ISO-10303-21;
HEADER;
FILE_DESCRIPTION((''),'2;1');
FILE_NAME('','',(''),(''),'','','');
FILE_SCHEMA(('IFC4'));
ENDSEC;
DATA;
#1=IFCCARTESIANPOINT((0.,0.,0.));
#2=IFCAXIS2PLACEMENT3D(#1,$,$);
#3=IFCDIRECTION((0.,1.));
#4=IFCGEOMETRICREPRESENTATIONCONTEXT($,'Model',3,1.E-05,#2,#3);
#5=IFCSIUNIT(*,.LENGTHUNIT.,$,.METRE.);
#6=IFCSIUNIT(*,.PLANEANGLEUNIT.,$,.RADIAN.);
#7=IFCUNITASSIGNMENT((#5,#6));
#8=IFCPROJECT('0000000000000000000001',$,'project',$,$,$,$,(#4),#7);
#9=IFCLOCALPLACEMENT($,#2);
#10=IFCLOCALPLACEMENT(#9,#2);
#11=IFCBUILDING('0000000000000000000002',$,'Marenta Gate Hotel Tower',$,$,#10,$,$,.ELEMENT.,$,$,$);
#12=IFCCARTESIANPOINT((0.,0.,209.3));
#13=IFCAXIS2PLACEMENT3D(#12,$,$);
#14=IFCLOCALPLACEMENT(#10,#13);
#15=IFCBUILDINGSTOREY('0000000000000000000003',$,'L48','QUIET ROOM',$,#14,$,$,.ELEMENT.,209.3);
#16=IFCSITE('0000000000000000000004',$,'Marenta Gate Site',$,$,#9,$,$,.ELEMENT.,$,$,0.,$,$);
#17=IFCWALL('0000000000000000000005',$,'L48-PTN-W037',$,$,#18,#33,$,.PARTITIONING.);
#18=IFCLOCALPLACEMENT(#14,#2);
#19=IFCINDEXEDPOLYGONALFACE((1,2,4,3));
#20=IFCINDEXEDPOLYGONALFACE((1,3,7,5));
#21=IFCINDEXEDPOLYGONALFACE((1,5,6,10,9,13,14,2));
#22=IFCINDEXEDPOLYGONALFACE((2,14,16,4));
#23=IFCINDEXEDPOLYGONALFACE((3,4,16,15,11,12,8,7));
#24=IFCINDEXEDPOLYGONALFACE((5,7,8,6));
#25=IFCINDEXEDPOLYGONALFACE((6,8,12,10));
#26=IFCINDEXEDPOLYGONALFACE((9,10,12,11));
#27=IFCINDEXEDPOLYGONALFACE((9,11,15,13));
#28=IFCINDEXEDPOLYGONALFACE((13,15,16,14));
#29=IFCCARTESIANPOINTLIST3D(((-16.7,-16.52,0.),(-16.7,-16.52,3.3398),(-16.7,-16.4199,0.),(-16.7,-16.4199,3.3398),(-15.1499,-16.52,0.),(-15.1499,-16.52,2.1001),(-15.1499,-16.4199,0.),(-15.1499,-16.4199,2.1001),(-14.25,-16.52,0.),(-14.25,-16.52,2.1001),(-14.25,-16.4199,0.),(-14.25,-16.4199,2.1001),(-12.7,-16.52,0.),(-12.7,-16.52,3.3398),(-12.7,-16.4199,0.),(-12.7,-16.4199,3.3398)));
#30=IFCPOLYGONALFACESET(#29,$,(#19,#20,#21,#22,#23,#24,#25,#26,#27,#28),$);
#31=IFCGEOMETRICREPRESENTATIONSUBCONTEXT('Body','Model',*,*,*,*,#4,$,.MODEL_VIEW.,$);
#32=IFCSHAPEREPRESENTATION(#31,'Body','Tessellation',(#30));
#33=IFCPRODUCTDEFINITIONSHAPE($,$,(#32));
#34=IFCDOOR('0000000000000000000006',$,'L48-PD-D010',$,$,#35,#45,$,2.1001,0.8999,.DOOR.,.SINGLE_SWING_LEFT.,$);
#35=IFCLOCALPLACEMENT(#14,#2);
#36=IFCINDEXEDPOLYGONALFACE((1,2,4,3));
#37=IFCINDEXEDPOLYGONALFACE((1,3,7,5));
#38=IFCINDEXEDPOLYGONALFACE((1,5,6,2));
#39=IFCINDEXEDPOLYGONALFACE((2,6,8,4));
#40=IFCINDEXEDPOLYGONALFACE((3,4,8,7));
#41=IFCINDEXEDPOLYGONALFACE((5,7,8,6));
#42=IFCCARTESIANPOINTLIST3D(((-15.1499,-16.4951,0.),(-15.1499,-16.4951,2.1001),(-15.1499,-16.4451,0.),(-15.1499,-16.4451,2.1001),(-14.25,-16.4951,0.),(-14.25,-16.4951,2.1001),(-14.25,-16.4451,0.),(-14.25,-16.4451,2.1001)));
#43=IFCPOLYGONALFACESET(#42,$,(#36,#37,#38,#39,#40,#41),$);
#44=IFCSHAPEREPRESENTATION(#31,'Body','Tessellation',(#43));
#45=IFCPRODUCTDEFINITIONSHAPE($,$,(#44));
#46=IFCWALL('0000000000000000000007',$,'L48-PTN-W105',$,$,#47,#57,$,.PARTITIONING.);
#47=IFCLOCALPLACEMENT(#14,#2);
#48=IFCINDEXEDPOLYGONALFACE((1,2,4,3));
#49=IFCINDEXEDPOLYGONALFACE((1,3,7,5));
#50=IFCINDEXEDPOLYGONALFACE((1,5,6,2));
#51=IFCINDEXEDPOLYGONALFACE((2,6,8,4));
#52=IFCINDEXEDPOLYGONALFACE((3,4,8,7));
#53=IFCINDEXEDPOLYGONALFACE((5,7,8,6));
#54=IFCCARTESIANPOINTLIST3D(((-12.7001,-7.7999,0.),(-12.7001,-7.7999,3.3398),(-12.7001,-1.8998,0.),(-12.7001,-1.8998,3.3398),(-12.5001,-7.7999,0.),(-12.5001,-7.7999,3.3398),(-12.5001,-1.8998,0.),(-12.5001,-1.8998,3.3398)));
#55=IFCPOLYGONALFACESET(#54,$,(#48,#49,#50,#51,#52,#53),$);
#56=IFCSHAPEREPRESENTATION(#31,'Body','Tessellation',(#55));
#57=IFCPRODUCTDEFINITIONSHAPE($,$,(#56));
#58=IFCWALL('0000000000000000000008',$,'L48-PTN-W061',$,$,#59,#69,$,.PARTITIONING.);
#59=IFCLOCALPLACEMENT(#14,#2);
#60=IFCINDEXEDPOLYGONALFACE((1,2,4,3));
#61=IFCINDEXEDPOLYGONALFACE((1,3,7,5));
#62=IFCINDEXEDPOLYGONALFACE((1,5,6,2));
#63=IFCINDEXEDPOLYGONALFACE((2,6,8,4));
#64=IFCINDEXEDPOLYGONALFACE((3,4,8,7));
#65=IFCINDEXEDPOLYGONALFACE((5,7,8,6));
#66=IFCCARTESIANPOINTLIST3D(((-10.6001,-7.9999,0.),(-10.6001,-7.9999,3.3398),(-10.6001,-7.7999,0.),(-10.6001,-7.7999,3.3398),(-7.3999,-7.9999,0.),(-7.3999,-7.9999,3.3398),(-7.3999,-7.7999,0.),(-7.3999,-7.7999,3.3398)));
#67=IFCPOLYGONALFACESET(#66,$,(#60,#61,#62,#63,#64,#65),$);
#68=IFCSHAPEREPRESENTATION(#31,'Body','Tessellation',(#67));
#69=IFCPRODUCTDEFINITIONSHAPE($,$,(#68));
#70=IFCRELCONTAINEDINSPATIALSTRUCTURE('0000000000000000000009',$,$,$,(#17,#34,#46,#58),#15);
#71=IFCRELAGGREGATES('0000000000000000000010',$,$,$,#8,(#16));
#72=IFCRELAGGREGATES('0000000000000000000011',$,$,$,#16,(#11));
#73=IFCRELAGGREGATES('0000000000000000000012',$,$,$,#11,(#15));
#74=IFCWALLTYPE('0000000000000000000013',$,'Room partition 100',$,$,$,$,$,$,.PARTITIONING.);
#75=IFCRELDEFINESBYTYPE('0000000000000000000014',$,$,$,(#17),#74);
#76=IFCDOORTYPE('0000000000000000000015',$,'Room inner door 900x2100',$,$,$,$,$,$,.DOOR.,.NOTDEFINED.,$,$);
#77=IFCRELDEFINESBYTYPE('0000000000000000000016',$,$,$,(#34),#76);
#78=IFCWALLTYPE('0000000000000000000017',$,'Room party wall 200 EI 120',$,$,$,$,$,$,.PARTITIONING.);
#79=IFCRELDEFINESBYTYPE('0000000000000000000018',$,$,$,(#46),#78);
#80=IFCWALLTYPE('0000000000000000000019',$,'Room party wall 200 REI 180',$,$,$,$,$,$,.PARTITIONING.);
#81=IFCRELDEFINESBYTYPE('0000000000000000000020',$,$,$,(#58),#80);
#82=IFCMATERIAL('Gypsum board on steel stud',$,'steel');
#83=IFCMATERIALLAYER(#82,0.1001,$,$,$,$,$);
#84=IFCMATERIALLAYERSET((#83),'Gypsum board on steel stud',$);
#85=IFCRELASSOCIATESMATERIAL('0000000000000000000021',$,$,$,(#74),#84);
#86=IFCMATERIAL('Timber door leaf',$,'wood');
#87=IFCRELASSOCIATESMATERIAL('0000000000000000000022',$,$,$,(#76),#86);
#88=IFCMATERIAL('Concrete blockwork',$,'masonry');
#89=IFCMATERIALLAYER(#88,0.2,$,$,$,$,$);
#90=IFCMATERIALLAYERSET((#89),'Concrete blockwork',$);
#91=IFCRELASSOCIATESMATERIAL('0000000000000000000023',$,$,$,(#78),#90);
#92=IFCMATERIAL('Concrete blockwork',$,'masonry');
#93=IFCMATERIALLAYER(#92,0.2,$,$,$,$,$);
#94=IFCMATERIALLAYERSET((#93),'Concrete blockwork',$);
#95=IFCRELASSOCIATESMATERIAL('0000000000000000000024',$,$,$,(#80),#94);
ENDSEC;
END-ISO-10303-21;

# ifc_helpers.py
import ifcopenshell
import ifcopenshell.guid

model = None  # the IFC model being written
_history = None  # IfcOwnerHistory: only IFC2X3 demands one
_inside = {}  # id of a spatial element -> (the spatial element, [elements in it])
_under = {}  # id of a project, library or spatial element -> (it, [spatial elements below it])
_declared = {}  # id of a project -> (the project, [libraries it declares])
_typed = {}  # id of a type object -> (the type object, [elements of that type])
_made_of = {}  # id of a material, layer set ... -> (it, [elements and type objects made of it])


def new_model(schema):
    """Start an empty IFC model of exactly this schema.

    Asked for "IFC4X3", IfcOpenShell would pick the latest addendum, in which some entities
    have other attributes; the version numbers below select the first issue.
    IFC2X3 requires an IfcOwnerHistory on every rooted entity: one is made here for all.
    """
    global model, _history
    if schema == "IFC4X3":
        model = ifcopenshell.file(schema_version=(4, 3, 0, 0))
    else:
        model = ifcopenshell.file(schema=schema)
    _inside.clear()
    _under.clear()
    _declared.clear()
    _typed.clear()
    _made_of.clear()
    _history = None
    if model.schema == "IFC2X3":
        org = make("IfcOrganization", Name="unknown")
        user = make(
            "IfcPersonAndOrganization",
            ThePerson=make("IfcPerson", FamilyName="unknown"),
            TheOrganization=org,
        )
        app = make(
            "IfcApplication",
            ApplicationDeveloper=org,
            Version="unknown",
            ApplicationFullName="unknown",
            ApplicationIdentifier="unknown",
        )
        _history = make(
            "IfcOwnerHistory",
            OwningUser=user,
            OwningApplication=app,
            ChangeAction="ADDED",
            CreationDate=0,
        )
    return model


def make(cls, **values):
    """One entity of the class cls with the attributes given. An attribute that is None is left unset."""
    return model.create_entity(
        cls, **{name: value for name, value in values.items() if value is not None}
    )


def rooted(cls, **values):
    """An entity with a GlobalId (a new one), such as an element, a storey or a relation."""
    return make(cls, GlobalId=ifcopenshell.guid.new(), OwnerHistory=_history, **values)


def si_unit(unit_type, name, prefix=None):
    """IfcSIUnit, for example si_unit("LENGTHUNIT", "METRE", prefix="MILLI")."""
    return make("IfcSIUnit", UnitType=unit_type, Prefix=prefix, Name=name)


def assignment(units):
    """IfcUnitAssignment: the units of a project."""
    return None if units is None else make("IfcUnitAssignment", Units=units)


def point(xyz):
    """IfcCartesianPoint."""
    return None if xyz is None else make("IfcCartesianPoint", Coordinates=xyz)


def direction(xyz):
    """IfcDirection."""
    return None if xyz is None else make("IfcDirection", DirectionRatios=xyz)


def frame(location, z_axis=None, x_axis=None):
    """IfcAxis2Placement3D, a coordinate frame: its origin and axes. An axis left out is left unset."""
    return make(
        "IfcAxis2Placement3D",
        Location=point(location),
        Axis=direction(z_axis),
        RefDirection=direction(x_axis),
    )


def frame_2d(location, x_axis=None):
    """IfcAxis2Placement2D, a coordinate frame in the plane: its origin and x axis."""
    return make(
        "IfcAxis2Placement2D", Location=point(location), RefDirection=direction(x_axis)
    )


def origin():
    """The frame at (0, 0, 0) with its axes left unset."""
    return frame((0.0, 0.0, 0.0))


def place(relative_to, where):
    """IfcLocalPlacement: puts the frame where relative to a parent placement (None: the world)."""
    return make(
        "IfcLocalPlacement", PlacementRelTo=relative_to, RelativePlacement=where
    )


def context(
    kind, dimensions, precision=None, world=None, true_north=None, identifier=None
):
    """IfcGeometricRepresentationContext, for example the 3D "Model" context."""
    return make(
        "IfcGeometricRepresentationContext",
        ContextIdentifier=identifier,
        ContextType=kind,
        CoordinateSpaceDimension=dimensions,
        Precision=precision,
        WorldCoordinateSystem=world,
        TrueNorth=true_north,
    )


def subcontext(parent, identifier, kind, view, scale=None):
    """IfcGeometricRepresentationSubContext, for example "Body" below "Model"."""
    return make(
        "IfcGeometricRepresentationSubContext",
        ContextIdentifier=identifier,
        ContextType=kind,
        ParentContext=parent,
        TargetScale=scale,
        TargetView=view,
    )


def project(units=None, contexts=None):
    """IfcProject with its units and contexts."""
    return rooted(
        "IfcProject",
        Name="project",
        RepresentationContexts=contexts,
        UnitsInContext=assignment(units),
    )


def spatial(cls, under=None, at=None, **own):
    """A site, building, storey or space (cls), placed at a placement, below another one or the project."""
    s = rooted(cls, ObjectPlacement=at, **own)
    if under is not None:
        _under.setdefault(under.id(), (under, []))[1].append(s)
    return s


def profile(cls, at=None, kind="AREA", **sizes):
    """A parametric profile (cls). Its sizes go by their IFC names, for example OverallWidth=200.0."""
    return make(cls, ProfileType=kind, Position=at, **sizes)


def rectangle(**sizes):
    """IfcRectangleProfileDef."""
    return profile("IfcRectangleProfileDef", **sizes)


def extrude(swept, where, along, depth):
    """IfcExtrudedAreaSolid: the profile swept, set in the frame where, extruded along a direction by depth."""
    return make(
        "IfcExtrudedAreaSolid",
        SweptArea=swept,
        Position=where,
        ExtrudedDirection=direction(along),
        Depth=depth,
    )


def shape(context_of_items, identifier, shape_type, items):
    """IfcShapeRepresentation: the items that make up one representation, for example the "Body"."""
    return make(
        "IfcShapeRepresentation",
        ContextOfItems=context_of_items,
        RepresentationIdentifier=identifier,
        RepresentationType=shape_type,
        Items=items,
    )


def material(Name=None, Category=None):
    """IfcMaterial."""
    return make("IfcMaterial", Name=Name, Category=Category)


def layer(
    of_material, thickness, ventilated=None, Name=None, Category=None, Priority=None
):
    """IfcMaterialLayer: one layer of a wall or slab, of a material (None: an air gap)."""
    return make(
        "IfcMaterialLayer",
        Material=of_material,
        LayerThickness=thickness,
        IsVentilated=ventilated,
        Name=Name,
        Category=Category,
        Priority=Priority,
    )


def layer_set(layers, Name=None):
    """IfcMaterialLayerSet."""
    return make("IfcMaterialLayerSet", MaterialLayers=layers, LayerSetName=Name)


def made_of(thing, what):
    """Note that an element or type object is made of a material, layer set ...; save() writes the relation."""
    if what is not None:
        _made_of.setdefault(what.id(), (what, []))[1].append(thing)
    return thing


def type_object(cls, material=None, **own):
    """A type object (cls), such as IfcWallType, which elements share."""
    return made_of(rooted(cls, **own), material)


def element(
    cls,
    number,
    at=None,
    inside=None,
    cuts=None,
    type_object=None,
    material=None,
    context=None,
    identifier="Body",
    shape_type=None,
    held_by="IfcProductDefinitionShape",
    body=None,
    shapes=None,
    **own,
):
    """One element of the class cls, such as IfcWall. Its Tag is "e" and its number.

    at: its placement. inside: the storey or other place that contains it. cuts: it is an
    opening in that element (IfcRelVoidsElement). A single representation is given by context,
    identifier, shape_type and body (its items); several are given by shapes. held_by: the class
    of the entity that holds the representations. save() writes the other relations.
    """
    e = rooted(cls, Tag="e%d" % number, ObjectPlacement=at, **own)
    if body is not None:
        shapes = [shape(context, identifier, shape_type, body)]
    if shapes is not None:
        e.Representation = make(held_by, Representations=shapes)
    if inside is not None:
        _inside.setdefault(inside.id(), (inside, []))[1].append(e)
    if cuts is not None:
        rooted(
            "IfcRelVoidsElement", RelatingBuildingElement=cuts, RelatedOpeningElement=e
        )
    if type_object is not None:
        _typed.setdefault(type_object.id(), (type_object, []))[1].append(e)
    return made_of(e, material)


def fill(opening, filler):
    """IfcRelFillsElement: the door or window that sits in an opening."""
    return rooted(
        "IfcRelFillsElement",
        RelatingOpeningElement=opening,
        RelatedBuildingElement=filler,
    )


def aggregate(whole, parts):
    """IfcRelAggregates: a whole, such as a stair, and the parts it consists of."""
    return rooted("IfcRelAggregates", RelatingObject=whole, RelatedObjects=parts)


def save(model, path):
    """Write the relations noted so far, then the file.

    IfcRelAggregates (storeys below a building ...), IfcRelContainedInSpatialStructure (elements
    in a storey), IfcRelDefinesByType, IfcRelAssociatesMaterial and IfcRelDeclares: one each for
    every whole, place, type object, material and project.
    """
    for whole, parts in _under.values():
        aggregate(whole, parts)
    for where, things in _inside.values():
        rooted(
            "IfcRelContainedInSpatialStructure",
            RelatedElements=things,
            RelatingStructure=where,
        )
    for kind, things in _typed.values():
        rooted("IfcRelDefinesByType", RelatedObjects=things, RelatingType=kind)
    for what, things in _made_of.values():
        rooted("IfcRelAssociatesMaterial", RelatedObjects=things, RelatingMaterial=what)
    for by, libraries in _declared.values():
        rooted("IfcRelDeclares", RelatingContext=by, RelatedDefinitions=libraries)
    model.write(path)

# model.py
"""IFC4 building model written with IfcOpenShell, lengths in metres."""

from ifc_helpers import new_model, si_unit, direction, frame, frame_2d, origin, place, context, subcontext, project, spatial, rectangle, extrude, material, layer, layer_set, type_object, element, fill, save


model = new_model("IFC4")

# Units and contexts
model_context = context("Model", 3, precision=1e-05, world=origin(), true_north=direction((0.0, 1.0)))
body_context = subcontext(model_context, "Body", "Model", "MODEL_VIEW")
ifc_project = project(units=[si_unit("LENGTHUNIT", "METRE"), si_unit("PLANEANGLEUNIT", "RADIAN")], contexts=[model_context])

# Site, building, storey
site_placement = place(None, origin())
site = spatial("IfcSite", under=ifc_project, at=site_placement, Name="Marenta Gate Site", CompositionType="ELEMENT", RefElevation=0.0)
building_placement = place(site_placement, origin())
building = spatial("IfcBuilding", under=site, at=building_placement, Name="Marenta Gate Hotel Tower", CompositionType="ELEMENT")
storey_placement = place(building_placement, frame((0.0, 0.0, 209.3)))
storey = spatial("IfcBuildingStorey", under=building, at=storey_placement, Name="L48", Description="QUIET ROOM", CompositionType="ELEMENT", Elevation=209.3)

# Wall, opening, door
ifc_material_1 = material(Name="Gypsum board on steel stud", Category="steel")
ifc_layer_1 = layer(ifc_material_1, 0.1001)
ifc_layer_set_1 = layer_set([ifc_layer_1], Name="Gypsum board on steel stud")
wall_type_1 = type_object("IfcWallType", Name="Room partition 100", PredefinedType="PARTITIONING", material=ifc_layer_set_1)
wall_1_placement = place(storey_placement, frame((-16.7, -16.47, 0.0), z_axis=(0.0, 0.0, 1.0), x_axis=(1.0, 0.0, 0.0)))
wall_1 = element("IfcWall", 1, at=wall_1_placement, inside=storey, type_object=wall_type_1, Name="L48-PTN-W037", PredefinedType="PARTITIONING", context=body_context, shape_type="SweptSolid", body=[
    extrude(rectangle(XDim=4.0, YDim=0.1001, at=frame_2d((2.0, 0.0))), origin(), (0.0, 0.0, 1.0), 3.3398),
])
opening_1_placement = place(wall_1_placement, frame((1.55, 0.0, 0.0)))
opening_1 = element("IfcOpeningElement", 2, at=opening_1_placement, cuts=wall_1, PredefinedType="OPENING", context=body_context, shape_type="SweptSolid", body=[
    extrude(rectangle(XDim=0.8999, YDim=2.1001, at=frame_2d((0.45, 1.05))), frame((0.0, 0.05, 0.0), z_axis=(0.0, -1.0, 0.0), x_axis=(1.0, 0.0, 0.0)), (0.0, 0.0, 1.0), 0.1001),
])
ifc_material_2 = material(Name="Timber door leaf", Category="wood")
door_type_1 = type_object("IfcDoorType", Name="Room inner door 900x2100", OperationType="NOTDEFINED", PredefinedType="DOOR", material=ifc_material_2)
door_1_placement = place(opening_1_placement, origin())
door_1 = element("IfcDoor", 3, at=door_1_placement, inside=storey, type_object=door_type_1, Name="L48-PD-D010", OperationType="SINGLE_SWING_LEFT", OverallHeight=2.1001, OverallWidth=0.8999, PredefinedType="DOOR", context=body_context, shape_type="SweptSolid", body=[
    extrude(rectangle(XDim=0.8999, YDim=2.1001, at=frame_2d((0.45, 1.05))), frame((0.0, 0.0249, 0.0), z_axis=(0.0, -1.0, 0.0), x_axis=(1.0, 0.0, 0.0)), (0.0, 0.0, 1.0), 0.05),
])
fill(opening_1, door_1)

# Walls
ifc_material_3 = material(Name="Concrete blockwork", Category="masonry")
ifc_layer_2 = layer(ifc_material_3, 0.2)
ifc_layer_set_2 = layer_set([ifc_layer_2], Name="Concrete blockwork")
wall_type_2 = type_object("IfcWallType", Name="Room party wall 200 EI 120", PredefinedType="PARTITIONING", material=ifc_layer_set_2)
wall_2_placement = place(storey_placement, frame((-12.6001, -7.8, 0.0), z_axis=(0.0, 0.0, 1.0), x_axis=(0.0, 1.0, 0.0)))
element("IfcWall", 4, at=wall_2_placement, inside=storey, type_object=wall_type_2, Name="L48-PTN-W105", PredefinedType="PARTITIONING", context=body_context, shape_type="SweptSolid", body=[
    extrude(rectangle(XDim=5.9001, YDim=0.2, at=frame_2d((2.9502, 0.0))), origin(), (0.0, 0.0, 1.0), 3.3398),
])
ifc_material_4 = material(Name="Concrete blockwork", Category="masonry")
ifc_layer_3 = layer(ifc_material_4, 0.2)
ifc_layer_set_3 = layer_set([ifc_layer_3], Name="Concrete blockwork")
wall_type_3 = type_object("IfcWallType", Name="Room party wall 200 REI 180", PredefinedType="PARTITIONING", material=ifc_layer_set_3)
wall_3_placement = place(storey_placement, frame((-10.6001, -7.8999, 0.0), z_axis=(0.0, 0.0, 1.0), x_axis=(1.0, 0.0, 0.0)))
element("IfcWall", 5, at=wall_3_placement, inside=storey, type_object=wall_type_3, Name="L48-PTN-W061", PredefinedType="PARTITIONING", context=body_context, shape_type="SweptSolid", body=[
    extrude(rectangle(XDim=3.2002, YDim=0.2, at=frame_2d((1.6001, 0.0))), origin(), (0.0, 0.0, 1.0), 3.3398),
])

save(model, "model.ifc")
